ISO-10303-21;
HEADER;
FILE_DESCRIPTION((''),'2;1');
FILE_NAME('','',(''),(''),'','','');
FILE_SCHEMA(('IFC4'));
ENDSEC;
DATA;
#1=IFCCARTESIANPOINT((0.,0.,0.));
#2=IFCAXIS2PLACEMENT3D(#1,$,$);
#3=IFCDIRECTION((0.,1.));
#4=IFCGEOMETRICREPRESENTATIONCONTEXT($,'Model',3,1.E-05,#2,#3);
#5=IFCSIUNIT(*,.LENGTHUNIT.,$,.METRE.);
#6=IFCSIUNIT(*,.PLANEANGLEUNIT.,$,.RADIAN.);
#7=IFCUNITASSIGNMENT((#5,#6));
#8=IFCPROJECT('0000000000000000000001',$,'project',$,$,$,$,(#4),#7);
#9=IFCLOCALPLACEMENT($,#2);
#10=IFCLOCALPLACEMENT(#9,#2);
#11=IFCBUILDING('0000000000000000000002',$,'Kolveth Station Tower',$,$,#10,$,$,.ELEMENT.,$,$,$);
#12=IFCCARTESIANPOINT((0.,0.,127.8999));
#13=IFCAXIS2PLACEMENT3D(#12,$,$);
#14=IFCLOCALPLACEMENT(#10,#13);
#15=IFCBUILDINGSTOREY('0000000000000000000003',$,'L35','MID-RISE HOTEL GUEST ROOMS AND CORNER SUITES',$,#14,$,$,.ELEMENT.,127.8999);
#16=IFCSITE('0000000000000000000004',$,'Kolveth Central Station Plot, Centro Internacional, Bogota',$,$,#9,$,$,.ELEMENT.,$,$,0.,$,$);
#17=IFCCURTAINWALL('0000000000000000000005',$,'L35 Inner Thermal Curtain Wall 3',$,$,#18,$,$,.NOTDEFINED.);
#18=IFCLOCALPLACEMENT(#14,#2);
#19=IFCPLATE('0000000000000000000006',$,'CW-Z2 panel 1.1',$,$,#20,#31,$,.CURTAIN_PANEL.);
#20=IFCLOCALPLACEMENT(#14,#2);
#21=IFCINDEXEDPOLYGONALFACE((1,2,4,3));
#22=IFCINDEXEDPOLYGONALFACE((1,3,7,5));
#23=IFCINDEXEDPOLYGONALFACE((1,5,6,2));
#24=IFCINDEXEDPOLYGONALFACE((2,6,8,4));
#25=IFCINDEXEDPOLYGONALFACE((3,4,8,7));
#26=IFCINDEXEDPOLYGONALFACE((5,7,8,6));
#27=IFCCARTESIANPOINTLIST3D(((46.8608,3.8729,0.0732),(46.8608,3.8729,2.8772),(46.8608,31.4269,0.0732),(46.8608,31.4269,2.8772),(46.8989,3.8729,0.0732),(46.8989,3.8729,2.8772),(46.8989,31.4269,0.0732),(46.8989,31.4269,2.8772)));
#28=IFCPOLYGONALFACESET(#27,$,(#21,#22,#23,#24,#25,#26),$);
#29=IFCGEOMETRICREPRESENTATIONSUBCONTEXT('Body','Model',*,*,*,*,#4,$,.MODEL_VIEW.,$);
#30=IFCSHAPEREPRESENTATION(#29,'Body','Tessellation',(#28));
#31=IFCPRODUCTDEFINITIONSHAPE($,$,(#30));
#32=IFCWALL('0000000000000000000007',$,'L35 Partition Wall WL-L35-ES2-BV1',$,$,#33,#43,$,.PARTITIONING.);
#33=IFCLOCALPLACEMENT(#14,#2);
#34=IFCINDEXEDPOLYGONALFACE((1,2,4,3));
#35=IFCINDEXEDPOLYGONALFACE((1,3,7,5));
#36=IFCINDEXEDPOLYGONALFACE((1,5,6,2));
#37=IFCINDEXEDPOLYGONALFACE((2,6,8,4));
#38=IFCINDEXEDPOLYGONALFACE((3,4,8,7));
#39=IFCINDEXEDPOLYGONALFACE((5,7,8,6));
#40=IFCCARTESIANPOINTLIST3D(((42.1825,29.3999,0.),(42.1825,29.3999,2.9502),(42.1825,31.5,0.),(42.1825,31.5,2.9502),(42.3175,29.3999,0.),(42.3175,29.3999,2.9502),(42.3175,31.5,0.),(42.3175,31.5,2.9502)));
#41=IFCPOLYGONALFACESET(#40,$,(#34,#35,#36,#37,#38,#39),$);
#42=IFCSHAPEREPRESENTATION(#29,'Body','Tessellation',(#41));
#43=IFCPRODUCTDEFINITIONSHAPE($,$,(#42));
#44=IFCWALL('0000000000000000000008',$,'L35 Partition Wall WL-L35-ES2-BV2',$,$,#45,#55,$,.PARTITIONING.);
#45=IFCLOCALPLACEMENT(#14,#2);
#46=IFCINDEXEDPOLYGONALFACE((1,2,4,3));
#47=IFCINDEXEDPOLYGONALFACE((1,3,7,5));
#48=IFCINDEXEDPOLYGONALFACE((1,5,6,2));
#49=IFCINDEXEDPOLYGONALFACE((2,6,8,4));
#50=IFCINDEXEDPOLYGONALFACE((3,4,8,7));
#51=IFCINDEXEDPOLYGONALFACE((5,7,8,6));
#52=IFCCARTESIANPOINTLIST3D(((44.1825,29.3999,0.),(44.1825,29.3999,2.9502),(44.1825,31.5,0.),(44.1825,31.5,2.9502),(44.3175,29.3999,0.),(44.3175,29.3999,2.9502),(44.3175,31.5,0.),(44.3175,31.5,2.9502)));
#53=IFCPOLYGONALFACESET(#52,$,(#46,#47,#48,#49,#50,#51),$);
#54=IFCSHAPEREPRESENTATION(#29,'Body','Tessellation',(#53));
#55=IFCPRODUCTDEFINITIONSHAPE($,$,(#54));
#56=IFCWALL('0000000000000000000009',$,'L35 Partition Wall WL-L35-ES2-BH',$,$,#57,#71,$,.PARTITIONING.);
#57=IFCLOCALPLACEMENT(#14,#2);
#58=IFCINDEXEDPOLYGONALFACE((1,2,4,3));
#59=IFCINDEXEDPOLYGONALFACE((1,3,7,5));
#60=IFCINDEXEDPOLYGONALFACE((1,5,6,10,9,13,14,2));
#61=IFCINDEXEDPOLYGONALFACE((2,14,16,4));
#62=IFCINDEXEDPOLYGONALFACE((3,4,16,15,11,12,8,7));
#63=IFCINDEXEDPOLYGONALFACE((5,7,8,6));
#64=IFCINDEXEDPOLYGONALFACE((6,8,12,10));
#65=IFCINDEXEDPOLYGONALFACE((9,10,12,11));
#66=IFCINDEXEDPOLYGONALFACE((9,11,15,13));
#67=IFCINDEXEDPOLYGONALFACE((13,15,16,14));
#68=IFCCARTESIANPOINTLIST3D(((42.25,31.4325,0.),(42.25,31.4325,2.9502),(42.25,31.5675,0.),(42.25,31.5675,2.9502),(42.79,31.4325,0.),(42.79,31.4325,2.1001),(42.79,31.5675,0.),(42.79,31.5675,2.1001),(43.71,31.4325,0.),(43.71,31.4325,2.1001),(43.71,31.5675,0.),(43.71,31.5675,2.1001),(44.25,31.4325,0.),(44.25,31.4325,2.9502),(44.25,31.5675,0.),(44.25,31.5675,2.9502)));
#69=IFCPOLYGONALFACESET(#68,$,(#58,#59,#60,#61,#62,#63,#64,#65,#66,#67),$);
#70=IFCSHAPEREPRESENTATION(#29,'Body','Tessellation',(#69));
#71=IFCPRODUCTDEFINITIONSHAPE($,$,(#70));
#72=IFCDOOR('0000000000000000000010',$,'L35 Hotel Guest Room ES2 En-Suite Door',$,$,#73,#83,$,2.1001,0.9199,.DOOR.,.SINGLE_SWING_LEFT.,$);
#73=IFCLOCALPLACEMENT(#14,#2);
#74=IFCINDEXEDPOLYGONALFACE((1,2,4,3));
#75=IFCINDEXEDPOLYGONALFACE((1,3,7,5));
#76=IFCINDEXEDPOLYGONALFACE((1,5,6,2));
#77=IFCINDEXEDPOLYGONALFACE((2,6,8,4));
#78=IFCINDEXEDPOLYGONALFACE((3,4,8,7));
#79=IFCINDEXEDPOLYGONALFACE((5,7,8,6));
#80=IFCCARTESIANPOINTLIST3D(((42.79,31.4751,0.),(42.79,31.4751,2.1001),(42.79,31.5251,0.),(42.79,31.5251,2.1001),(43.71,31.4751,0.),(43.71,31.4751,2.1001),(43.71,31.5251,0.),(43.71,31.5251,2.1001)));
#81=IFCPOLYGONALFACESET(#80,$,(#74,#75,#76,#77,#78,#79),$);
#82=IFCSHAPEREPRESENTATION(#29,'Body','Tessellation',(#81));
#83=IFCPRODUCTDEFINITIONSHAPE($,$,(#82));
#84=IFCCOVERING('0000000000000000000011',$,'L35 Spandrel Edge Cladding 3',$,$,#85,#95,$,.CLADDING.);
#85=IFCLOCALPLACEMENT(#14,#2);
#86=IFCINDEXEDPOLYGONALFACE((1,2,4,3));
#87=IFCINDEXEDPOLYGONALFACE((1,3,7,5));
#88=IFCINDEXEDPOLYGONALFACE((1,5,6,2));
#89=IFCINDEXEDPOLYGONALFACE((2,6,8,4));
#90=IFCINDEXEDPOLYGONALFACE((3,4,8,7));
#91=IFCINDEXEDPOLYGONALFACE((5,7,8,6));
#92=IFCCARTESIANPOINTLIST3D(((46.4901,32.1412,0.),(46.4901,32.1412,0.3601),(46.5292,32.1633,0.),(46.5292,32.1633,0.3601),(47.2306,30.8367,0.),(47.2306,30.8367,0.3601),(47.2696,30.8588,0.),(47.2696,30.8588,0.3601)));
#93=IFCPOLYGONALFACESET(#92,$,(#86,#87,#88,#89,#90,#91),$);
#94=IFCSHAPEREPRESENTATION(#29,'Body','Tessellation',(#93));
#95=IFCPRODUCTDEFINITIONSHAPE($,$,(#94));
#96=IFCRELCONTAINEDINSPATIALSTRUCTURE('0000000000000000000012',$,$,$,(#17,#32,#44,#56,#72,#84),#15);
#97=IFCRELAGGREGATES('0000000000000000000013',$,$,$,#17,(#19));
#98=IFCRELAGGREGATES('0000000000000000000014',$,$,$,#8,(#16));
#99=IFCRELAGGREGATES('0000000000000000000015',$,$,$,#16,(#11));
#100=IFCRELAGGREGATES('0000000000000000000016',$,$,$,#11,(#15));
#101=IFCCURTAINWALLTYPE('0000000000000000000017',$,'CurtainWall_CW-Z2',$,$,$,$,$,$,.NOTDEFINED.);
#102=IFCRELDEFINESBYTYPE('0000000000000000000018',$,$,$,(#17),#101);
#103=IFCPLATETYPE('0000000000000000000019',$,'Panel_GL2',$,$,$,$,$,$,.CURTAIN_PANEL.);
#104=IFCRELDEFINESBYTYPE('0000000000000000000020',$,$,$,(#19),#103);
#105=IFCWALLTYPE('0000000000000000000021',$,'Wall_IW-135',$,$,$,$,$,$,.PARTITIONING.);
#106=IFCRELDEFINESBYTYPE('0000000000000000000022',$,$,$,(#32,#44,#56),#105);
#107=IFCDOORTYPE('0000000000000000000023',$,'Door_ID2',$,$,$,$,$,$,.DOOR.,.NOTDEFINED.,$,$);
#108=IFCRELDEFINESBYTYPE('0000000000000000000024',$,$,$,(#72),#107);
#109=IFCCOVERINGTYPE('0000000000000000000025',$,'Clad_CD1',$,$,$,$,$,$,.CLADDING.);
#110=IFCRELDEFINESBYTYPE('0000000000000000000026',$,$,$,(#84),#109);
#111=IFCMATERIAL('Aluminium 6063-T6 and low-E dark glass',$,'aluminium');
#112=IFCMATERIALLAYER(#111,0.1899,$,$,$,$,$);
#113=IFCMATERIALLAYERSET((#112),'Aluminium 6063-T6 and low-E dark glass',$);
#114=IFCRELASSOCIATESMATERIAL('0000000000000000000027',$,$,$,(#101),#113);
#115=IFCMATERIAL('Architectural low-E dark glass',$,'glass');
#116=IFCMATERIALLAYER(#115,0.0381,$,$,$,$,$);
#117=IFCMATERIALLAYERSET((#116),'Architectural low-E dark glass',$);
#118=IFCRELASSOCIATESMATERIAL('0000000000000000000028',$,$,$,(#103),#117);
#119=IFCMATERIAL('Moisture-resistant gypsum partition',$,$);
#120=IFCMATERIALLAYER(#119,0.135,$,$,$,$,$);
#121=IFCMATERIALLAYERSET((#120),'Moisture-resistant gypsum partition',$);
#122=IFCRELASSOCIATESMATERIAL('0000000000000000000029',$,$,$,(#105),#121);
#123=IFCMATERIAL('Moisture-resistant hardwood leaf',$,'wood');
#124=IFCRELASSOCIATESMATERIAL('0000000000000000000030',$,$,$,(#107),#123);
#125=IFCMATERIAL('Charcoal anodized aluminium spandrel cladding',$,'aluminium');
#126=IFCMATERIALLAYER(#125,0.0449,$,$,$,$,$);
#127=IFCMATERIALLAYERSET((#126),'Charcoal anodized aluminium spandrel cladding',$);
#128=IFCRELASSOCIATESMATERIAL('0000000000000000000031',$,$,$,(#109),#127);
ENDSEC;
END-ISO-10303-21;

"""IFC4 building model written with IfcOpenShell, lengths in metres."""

from ifc_helpers import new_model, si_unit, direction, frame, frame_2d, origin, origin_2d, place, context, subcontext, project, spatial, rectangle, extrude, source, transform, mapped, material, layer, layer_set, type_object, element, fill, aggregate, save


model = new_model("IFC4")

# Units and contexts
model_context = context("Model", 3, precision=1e-05, world=origin(), true_north=direction((0.0, 1.0)))
body_context = subcontext(model_context, "Body", "Model", "MODEL_VIEW")
ifc_project = project(units=[si_unit("LENGTHUNIT", "METRE"), si_unit("PLANEANGLEUNIT", "RADIAN")], contexts=[model_context])

# Site, building, storey
site_placement = place(None, origin())
site = spatial("IfcSite", under=ifc_project, at=site_placement, Name="Kolveth Central Station Plot, Centro Internacional, Bogota", CompositionType="ELEMENT", RefElevation=0.0)
building_placement = place(site_placement, origin())
building = spatial("IfcBuilding", under=site, at=building_placement, Name="Kolveth Station Tower", CompositionType="ELEMENT")
storey_placement = place(building_placement, frame((0.0, 0.0, 127.8999)))
storey = spatial("IfcBuildingStorey", under=building, at=storey_placement, Name="L35", Description="MID-RISE HOTEL GUEST ROOMS AND CORNER SUITES", CompositionType="ELEMENT", Elevation=127.8999)

# Curtain wall
ifc_material_1 = material(Name="Aluminium 6063-T6 and low-E dark glass", Category="aluminium")
ifc_layer_1 = layer(ifc_material_1, 0.1899)
ifc_layer_set_1 = layer_set([ifc_layer_1], Name="Aluminium 6063-T6 and low-E dark glass")
curtain_wall_type = type_object("IfcCurtainWallType", Name="CurtainWall_CW-Z2", PredefinedType="NOTDEFINED", material=ifc_layer_set_1)
curtain_wall_1_placement = place(storey_placement, origin())
curtain_wall_1 = element("IfcCurtainWall", 1, at=curtain_wall_1_placement, inside=storey, type_object=curtain_wall_type, Name="L35 Inner Thermal Curtain Wall 3", PredefinedType="NOTDEFINED")

# Plate
ifc_material_2 = material(Name="Architectural low-E dark glass", Category="glass")
ifc_layer_2 = layer(ifc_material_2, 0.0381)
ifc_layer_set_2 = layer_set([ifc_layer_2], Name="Architectural low-E dark glass")
plate_type = type_object("IfcPlateType", Name="Panel_GL2", PredefinedType="CURTAIN_PANEL", material=ifc_layer_set_2)
shared_shape_1 = source(origin(), body_context, "Body", "SweptSolid", [
    extrude(rectangle(XDim=27.554, YDim=0.0381, at=origin_2d()), origin(), (0.0, 0.0, 1.0), 2.804),
])
plate_placement = place(storey_placement, frame((46.8799, 17.6499, 0.0732), z_axis=(0.0, 0.0, 1.0), x_axis=(0.0, 1.0, 0.0)))
plate = element("IfcPlate", 2, at=plate_placement, type_object=plate_type, Name="CW-Z2 panel 1.1", PredefinedType="CURTAIN_PANEL", context=body_context, shape_type="MappedRepresentation", body=[
    mapped(shared_shape_1, transform((0.0, 0.0, 0.0), x_axis=(1.0, 0.0, 0.0), y_axis=(0.0, 1.0, 0.0), z_axis=(0.0, 0.0, 1.0), scale=1.0)),
])
aggregate(curtain_wall_1, [plate])

# Walls
ifc_material_3 = material(Name="Moisture-resistant gypsum partition")
ifc_layer_3 = layer(ifc_material_3, 0.135)
ifc_layer_set_3 = layer_set([ifc_layer_3], Name="Moisture-resistant gypsum partition")
wall_type = type_object("IfcWallType", Name="Wall_IW-135", PredefinedType="PARTITIONING", material=ifc_layer_set_3)
for number, where, z_axis, x_axis, name in (
    (3, (42.25, 29.3999, 0.0), (0.0, 0.0, 1.0), (0.0, 1.0, 0.0), "L35 Partition Wall WL-L35-ES2-BV1"),
    (4, (44.25, 29.3999, 0.0), (0.0, 0.0, 1.0), (0.0, 1.0, 0.0), "L35 Partition Wall WL-L35-ES2-BV2"),
):
    element("IfcWall", number, at=place(storey_placement, frame(where, z_axis=z_axis, x_axis=x_axis)), inside=storey, type_object=wall_type, Name=name, PredefinedType="PARTITIONING", context=body_context, shape_type="SweptSolid", body=[
        extrude(rectangle(XDim=2.1001, YDim=0.135, at=frame_2d((1.05, 0.0))), origin(), (0.0, 0.0, 1.0), 2.9502),
    ])

# Wall, opening, door
wall_placement = place(storey_placement, frame((42.25, 31.5, 0.0), z_axis=(0.0, 0.0, 1.0), x_axis=(1.0, 0.0, 0.0)))
wall = element("IfcWall", 5, at=wall_placement, inside=storey, type_object=wall_type, Name="L35 Partition Wall WL-L35-ES2-BH", PredefinedType="PARTITIONING", context=body_context, shape_type="SweptSolid", body=[
    extrude(rectangle(XDim=2.0, YDim=0.135, at=frame_2d((1.0, 0.0))), origin(), (0.0, 0.0, 1.0), 2.9502),
])
opening_placement = place(wall_placement, frame((0.54, 0.0, 0.0)))
opening = element("IfcOpeningElement", 6, at=opening_placement, cuts=wall, PredefinedType="OPENING", context=body_context, shape_type="SweptSolid", body=[
    extrude(rectangle(XDim=0.9199, YDim=2.1001, at=frame_2d((0.46, 1.05))), frame((0.0, 0.0774, 0.0), z_axis=(0.0, -1.0, 0.0), x_axis=(1.0, 0.0, 0.0)), (0.0, 0.0, 1.0), 0.155),
])
ifc_material_4 = material(Name="Moisture-resistant hardwood leaf", Category="wood")
door_type = type_object("IfcDoorType", Name="Door_ID2", OperationType="NOTDEFINED", PredefinedType="DOOR", material=ifc_material_4)
door_placement = place(opening_placement, frame((0.9199, 0.0, 0.0), z_axis=(0.0, 0.0, 1.0), x_axis=(-1.0, 0.0, 0.0)))
door = element("IfcDoor", 7, at=door_placement, inside=storey, type_object=door_type, Name="L35 Hotel Guest Room ES2 En-Suite Door", OperationType="SINGLE_SWING_LEFT", OverallHeight=2.1001, OverallWidth=0.9199, PredefinedType="DOOR", context=body_context, shape_type="SweptSolid", body=[
    extrude(rectangle(XDim=0.9199, YDim=2.1001, at=frame_2d((0.46, 1.05))), frame((0.0, 0.0249, 0.0), z_axis=(0.0, -1.0, 0.0), x_axis=(1.0, 0.0, 0.0)), (0.0, 0.0, 1.0), 0.05),
])
fill(opening, door)

# Covering
ifc_material_5 = material(Name="Charcoal anodized aluminium spandrel cladding", Category="aluminium")
ifc_layer_4 = layer(ifc_material_5, 0.0449)
ifc_layer_set_4 = layer_set([ifc_layer_4], Name="Charcoal anodized aluminium spandrel cladding")
covering_type = type_object("IfcCoveringType", Name="Clad_CD1", PredefinedType="CLADDING", material=ifc_layer_set_4)
shared_shape_2 = source(origin(), body_context, "Body", "SweptSolid", [
    extrude(rectangle(XDim=1.5, YDim=0.0449, at=origin_2d()), origin(), (0.0, 0.0, 1.0), 0.3601),
])
covering_placement = place(storey_placement, frame((46.8799, 31.5, 0.0), z_axis=(0.0, 0.0, 1.0), x_axis=(-0.493638, 0.869667, 0.0)))
element("IfcCovering", 8, at=covering_placement, inside=storey, type_object=covering_type, Name="L35 Spandrel Edge Cladding 3", PredefinedType="CLADDING", context=body_context, shape_type="MappedRepresentation", body=[
    mapped(shared_shape_2, transform((0.0, 0.0, 0.0), x_axis=(1.0, 0.0, 0.0), y_axis=(0.0, 1.0, 0.0), z_axis=(0.0, 0.0, 1.0), scale=1.0)),
])

save(model, "model.ifc")
